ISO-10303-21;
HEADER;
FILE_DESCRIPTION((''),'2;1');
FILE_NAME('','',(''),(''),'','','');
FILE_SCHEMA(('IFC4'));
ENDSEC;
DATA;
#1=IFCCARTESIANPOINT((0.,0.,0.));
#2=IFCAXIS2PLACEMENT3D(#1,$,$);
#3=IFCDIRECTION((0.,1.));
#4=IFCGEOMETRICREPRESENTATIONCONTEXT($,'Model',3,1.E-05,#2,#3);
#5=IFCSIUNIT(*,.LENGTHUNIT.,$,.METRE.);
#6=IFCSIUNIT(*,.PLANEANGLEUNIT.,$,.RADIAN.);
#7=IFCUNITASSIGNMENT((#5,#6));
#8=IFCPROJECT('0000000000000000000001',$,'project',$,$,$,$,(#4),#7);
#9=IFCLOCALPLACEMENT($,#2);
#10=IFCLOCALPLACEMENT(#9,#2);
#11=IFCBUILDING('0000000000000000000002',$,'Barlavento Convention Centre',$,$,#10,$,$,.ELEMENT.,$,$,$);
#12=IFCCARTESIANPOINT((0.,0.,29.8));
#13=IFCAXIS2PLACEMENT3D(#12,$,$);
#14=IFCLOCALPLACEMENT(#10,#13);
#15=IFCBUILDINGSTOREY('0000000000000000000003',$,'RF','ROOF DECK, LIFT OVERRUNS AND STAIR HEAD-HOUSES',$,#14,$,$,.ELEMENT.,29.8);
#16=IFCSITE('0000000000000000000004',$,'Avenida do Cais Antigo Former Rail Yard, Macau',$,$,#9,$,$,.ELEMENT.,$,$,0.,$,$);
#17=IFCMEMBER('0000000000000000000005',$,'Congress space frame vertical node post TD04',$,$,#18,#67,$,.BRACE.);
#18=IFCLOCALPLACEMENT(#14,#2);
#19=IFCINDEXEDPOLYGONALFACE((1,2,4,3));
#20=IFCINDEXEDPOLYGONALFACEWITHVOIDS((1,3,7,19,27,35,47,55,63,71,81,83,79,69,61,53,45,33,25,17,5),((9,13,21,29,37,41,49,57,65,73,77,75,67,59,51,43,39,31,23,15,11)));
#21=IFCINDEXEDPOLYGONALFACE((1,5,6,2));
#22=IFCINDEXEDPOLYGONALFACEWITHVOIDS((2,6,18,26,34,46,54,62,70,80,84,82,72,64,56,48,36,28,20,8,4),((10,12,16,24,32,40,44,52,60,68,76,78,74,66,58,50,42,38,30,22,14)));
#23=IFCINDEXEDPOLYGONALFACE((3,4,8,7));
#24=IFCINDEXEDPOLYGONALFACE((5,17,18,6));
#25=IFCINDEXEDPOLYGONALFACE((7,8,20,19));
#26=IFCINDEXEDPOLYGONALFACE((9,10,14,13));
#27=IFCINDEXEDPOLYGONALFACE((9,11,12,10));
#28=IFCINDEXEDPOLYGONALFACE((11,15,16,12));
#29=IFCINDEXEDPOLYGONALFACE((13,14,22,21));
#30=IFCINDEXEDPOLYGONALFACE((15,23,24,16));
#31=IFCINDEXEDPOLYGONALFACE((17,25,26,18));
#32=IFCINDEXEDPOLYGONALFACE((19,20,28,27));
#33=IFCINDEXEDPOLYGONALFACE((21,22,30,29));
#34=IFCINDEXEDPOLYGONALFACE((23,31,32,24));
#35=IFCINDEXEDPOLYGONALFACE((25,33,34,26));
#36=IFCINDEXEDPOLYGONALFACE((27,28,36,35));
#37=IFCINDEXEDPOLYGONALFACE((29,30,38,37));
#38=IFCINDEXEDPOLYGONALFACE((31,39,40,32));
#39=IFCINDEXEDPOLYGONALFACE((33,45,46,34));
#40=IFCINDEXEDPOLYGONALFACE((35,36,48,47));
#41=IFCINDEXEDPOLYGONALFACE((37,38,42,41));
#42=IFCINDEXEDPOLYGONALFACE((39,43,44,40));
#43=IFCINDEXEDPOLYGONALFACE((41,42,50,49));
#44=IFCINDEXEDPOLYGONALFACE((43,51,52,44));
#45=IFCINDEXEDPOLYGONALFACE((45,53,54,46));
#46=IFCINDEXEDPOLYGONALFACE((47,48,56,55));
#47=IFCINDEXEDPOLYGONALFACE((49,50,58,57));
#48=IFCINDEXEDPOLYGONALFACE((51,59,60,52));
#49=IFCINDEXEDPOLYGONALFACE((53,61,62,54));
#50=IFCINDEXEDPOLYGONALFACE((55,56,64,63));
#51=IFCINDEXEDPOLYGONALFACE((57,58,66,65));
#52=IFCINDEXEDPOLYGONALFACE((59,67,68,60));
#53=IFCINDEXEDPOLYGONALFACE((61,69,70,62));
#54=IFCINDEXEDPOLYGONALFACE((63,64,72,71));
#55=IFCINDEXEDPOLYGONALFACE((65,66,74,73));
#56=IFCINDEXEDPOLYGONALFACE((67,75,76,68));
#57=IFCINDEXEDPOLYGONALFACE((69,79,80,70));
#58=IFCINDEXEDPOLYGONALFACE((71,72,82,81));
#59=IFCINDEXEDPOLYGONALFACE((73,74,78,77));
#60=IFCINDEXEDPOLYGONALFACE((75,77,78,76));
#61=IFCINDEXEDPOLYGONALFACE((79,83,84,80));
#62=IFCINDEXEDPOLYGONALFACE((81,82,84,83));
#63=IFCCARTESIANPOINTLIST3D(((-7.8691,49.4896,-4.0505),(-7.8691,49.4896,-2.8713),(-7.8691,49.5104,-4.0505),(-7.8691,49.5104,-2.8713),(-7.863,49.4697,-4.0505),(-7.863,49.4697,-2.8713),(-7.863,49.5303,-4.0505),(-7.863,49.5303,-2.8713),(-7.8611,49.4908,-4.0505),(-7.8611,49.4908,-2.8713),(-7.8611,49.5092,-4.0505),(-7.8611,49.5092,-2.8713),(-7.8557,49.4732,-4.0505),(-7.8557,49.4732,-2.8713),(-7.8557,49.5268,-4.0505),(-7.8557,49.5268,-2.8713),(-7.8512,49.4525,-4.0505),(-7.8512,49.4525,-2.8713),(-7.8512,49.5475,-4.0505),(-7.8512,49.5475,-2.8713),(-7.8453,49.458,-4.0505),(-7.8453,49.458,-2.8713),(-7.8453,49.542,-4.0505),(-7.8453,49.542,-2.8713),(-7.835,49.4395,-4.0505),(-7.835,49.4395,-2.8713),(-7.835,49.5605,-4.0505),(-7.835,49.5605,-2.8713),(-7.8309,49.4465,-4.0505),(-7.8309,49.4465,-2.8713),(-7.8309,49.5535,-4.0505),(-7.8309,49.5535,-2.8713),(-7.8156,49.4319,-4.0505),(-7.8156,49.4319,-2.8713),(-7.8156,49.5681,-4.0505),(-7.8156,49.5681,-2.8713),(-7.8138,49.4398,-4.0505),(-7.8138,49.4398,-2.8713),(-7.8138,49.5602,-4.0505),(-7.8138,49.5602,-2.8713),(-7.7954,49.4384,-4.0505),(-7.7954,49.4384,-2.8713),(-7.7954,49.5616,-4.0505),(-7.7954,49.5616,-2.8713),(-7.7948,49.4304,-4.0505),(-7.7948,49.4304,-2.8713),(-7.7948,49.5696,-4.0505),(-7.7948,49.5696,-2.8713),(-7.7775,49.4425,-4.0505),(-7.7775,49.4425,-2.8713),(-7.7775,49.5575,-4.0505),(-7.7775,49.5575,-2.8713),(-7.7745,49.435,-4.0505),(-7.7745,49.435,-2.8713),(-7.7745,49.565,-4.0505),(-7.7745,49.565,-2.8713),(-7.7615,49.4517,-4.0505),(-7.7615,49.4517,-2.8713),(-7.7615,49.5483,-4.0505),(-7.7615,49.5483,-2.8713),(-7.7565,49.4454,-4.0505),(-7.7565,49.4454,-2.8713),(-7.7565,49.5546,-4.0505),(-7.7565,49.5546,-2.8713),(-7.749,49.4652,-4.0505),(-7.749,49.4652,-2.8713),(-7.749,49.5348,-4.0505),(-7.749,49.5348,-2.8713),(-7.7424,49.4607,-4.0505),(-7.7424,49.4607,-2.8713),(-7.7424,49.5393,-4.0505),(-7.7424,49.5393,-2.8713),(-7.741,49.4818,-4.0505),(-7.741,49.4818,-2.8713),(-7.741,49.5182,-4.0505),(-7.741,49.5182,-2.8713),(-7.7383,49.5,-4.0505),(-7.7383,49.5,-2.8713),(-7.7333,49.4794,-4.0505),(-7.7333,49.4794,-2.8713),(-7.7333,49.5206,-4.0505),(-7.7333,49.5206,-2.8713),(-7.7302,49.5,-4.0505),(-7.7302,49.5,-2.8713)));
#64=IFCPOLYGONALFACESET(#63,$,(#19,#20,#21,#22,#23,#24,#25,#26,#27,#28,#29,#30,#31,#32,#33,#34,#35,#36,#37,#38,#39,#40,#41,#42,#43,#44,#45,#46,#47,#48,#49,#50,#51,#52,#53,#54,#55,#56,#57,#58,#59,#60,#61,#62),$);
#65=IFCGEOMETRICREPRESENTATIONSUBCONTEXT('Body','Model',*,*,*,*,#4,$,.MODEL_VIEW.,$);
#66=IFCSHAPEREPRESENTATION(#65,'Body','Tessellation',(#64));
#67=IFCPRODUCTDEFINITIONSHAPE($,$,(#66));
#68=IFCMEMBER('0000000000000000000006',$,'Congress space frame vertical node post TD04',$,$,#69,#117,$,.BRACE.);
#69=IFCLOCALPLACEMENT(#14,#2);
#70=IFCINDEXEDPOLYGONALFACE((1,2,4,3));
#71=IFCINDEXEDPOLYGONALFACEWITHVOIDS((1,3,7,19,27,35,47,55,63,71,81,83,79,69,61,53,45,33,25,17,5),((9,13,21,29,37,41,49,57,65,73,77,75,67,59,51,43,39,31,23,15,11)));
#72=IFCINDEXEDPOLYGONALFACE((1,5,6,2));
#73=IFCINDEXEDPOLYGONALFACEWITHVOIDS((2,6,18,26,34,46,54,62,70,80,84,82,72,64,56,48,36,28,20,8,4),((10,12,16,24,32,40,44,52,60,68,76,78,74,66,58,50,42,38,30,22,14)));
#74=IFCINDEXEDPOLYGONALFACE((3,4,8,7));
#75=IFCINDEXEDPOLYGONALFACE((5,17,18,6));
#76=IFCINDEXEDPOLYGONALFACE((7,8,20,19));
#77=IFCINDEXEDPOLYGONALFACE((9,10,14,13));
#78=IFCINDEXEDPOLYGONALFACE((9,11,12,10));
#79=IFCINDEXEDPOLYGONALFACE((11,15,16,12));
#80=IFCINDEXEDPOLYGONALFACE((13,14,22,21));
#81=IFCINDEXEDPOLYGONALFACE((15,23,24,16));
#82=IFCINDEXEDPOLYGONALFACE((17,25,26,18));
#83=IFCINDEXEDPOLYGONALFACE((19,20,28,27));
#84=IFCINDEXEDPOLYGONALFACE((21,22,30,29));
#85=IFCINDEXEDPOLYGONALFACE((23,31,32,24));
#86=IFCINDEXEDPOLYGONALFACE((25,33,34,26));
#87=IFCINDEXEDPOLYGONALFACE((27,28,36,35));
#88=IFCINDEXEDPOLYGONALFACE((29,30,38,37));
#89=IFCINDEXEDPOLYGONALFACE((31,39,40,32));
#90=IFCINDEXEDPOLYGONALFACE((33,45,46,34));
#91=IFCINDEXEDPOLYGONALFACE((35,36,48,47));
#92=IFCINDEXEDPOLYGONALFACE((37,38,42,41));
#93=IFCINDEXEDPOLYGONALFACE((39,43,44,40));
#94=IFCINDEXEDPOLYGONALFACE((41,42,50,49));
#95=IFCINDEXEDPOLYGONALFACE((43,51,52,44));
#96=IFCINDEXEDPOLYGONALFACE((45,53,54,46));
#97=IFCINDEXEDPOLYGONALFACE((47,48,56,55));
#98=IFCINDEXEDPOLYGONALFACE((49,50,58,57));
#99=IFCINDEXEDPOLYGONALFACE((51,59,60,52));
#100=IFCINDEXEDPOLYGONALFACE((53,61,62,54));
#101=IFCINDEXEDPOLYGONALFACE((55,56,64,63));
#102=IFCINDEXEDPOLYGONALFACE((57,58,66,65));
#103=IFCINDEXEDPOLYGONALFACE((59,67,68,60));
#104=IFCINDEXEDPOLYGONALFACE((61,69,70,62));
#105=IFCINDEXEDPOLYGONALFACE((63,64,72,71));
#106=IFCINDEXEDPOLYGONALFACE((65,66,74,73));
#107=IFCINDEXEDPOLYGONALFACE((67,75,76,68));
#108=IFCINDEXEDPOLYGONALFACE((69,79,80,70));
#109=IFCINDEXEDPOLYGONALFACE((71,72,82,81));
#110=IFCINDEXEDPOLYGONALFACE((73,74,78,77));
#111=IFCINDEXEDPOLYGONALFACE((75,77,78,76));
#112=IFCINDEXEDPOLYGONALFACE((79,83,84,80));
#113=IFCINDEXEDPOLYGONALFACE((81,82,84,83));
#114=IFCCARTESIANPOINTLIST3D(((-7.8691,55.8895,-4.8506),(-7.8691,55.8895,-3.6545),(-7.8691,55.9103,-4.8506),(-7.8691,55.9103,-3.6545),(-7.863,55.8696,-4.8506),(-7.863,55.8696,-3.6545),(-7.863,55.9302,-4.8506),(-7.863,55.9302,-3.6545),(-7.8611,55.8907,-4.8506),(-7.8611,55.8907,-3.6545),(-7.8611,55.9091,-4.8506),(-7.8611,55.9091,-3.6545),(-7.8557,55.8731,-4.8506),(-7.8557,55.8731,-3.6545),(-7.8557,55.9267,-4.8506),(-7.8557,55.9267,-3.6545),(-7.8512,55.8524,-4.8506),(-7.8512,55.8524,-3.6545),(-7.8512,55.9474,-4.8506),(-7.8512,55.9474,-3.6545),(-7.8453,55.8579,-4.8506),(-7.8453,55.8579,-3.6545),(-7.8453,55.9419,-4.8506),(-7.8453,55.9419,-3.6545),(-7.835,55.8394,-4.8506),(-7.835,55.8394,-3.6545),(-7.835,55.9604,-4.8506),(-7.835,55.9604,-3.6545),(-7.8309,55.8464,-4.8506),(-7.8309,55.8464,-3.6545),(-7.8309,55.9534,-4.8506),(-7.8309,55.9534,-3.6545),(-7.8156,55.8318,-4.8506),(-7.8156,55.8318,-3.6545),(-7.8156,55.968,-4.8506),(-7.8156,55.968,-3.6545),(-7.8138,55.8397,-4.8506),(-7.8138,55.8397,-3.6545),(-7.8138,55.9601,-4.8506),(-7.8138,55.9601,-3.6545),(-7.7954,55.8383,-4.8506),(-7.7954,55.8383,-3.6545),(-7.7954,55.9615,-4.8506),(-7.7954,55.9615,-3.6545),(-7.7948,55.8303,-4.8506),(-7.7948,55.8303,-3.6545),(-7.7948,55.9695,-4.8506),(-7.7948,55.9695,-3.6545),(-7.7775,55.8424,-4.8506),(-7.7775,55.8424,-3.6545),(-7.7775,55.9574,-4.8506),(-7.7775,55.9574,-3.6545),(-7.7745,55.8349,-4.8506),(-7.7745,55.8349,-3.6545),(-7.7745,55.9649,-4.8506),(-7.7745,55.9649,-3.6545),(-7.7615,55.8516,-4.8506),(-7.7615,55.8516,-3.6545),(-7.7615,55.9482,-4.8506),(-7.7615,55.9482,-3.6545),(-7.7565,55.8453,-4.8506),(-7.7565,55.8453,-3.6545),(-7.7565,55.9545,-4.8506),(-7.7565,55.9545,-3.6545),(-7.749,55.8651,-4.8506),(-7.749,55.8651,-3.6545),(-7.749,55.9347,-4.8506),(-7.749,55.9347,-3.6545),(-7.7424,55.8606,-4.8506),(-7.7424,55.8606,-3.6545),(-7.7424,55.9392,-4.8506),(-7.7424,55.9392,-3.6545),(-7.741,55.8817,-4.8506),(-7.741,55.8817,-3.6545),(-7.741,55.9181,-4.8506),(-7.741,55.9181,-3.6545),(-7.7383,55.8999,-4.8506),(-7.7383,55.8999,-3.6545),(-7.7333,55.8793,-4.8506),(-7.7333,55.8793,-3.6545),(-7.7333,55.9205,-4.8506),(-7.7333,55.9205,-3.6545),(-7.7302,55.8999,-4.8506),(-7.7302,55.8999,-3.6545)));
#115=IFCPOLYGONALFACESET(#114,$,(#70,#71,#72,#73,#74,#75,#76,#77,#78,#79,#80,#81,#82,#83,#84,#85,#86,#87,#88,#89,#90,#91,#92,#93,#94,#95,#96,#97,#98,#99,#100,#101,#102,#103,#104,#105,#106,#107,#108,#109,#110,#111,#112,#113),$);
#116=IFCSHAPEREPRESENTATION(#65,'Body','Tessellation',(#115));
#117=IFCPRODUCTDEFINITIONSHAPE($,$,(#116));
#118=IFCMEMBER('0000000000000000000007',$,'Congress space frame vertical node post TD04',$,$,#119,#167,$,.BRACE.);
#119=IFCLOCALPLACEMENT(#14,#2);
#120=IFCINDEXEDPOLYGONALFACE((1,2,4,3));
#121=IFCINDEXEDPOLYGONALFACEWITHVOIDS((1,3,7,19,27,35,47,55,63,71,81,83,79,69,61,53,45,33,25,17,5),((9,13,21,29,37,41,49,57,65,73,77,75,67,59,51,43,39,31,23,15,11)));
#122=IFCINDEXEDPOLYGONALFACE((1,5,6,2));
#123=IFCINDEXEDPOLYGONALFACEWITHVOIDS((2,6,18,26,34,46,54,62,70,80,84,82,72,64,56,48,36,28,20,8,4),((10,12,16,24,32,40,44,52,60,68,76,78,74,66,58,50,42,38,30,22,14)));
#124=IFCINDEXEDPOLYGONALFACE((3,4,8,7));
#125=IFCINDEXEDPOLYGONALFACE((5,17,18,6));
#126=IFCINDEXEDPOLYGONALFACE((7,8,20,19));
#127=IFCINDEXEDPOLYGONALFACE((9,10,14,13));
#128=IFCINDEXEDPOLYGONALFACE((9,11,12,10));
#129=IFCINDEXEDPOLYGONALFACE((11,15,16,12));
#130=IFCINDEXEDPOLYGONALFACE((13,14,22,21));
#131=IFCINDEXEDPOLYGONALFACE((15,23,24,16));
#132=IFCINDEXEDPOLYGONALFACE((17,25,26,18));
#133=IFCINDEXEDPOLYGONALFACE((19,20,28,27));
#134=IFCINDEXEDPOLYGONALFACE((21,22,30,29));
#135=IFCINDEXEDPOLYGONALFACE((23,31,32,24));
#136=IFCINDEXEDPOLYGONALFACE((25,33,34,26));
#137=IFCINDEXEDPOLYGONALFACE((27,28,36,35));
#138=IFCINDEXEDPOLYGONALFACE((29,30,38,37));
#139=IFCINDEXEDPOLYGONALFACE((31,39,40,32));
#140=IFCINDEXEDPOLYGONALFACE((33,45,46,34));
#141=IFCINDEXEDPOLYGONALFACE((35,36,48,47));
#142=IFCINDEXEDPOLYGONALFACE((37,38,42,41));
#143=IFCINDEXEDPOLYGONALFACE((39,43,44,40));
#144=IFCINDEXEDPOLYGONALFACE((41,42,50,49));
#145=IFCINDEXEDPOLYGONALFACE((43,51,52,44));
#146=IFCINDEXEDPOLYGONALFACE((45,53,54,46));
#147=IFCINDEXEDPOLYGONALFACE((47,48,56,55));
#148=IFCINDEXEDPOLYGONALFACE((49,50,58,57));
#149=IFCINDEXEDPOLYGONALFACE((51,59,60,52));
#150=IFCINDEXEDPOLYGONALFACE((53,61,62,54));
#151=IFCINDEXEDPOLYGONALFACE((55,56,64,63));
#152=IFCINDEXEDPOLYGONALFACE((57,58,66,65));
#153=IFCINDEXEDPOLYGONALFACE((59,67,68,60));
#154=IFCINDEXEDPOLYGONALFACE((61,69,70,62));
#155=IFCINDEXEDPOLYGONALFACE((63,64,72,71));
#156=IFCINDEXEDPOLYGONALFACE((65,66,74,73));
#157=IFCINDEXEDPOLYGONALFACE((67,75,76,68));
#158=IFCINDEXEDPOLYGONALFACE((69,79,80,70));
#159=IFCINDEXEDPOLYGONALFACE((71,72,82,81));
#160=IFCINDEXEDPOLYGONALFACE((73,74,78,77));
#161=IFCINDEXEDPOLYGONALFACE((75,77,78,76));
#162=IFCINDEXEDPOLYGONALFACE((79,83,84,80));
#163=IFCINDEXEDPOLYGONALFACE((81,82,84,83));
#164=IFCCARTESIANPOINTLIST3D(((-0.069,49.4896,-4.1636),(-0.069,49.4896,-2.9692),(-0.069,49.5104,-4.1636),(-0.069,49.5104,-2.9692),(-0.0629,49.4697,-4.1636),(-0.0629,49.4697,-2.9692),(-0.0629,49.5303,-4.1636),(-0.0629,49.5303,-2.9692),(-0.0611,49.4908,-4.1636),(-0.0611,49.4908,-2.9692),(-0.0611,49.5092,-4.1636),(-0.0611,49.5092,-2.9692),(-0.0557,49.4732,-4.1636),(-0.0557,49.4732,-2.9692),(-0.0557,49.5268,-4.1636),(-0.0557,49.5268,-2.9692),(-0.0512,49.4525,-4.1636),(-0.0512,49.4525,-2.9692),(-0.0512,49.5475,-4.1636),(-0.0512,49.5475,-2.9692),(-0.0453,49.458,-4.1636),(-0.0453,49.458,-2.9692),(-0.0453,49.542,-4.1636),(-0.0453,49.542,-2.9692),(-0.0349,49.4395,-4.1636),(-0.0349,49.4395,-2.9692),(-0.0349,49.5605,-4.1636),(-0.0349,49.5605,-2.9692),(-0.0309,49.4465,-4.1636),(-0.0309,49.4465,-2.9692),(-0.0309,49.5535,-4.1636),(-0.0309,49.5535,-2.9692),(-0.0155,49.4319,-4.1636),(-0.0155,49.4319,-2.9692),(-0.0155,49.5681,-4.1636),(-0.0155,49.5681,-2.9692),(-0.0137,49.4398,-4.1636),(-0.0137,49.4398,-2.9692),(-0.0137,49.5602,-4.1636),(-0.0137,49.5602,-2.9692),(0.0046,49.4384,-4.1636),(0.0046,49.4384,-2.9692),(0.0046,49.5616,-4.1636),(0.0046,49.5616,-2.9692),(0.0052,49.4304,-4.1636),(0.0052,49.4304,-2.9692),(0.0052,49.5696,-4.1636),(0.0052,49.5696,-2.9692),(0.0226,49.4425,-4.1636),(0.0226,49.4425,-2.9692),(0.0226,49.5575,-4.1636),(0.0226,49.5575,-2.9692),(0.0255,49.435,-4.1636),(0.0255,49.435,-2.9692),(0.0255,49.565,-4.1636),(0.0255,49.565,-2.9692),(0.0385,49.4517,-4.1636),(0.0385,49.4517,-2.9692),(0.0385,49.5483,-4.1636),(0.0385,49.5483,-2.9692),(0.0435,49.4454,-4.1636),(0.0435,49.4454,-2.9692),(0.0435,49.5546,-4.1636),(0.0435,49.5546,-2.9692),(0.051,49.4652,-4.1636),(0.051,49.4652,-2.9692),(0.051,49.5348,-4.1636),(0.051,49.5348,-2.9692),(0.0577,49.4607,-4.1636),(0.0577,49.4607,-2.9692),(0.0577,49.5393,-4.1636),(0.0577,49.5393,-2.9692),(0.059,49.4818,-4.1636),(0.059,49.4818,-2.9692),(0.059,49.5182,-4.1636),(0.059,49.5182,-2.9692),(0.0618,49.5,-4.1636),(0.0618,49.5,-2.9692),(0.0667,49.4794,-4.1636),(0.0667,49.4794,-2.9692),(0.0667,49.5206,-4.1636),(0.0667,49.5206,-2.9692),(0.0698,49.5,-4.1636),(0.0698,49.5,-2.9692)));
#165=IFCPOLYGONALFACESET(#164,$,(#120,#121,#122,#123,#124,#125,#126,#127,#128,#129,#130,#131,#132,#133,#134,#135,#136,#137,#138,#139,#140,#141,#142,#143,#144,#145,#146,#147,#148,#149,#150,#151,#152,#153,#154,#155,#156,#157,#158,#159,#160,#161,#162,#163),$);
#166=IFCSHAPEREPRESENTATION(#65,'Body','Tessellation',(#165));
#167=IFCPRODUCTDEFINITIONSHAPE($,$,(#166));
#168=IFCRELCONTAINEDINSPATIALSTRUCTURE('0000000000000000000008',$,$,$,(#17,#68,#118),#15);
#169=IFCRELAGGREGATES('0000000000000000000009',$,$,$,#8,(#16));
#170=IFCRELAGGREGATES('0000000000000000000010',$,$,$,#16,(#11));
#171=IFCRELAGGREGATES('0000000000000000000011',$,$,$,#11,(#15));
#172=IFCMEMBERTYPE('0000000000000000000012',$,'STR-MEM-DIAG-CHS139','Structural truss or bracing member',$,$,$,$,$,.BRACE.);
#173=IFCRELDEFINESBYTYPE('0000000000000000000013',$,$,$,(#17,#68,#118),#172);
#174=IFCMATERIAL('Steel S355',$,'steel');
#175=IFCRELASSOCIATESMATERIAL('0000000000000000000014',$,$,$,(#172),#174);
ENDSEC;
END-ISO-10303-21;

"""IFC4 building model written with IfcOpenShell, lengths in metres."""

from ifc_helpers import new_model, si_unit, direction, frame, origin, origin_2d, place, context, subcontext, project, spatial, hollow_circle, extrude, material, material_profile, profile_set, type_object, element, save


model = new_model("IFC4")

# Units and contexts
model_context = context("Model", 3, precision=1e-05, world=origin(), true_north=direction((0.0, 1.0)))
body_context = subcontext(model_context, "Body", "Model", "MODEL_VIEW")
ifc_project = project(units=[si_unit("LENGTHUNIT", "METRE"), si_unit("PLANEANGLEUNIT", "RADIAN")], contexts=[model_context])

# Site, building, storey
site_placement = place(None, origin())
site = spatial("IfcSite", under=ifc_project, at=site_placement, Name="Avenida do Cais Antigo Former Rail Yard, Macau", CompositionType="ELEMENT", RefElevation=0.0)
building_placement = place(site_placement, origin())
building = spatial("IfcBuilding", under=site, at=building_placement, Name="Barlavento Convention Centre", CompositionType="ELEMENT")
storey_placement = place(building_placement, frame((0.0, 0.0, 29.8)))
storey = spatial("IfcBuildingStorey", under=building, at=storey_placement, Name="RF", Description="ROOF DECK, LIFT OVERRUNS AND STAIR HEAD-HOUSES", CompositionType="ELEMENT", Elevation=29.8)

# Shared definitions
ifc_material_1 = material(Name="Steel S355", Category="steel")

# Members
ifc_material_profile_1 = material_profile(ifc_material_1, hollow_circle(Radius=0.0698, WallThickness=0.0081, at=origin_2d()), Name="CHS 139.7x8.0")
ifc_profile_set_1 = profile_set([ifc_material_profile_1], Name="Steel S355")
member_type_1 = type_object("IfcMemberType", Name="STR-MEM-DIAG-CHS139", Description="Structural truss or bracing member", PredefinedType="BRACE", material=ifc_profile_set_1)
member_1_placement = place(storey_placement, frame((-7.8, 49.5, -4.0505), z_axis=(0.0, 0.0, 1.0), x_axis=(1.0, 0.0, 0.0)))
element("IfcMember", 1, at=member_1_placement, inside=storey, type_object=member_type_1, Name="Congress space frame vertical node post TD04", PredefinedType="BRACE", context=body_context, shape_type="SweptSolid", body=[
    extrude(hollow_circle(Radius=0.0698, WallThickness=0.0081, at=origin_2d()), origin(), (0.0, 0.0, 1.0), 1.1792),
])
member_2_placement = place(storey_placement, frame((-7.8, 55.8999, -4.8506), z_axis=(0.0, 0.0, 1.0), x_axis=(1.0, 0.0, 0.0)))
element("IfcMember", 2, at=member_2_placement, inside=storey, type_object=member_type_1, Name="Congress space frame vertical node post TD04", PredefinedType="BRACE", context=body_context, shape_type="SweptSolid", body=[
    extrude(hollow_circle(Radius=0.0698, WallThickness=0.0081, at=origin_2d()), origin(), (0.0, 0.0, 1.0), 1.196),
])
member_3_placement = place(storey_placement, frame((0.0, 49.5, -4.1636), z_axis=(0.0, 0.0, 1.0), x_axis=(1.0, 0.0, 0.0)))
element("IfcMember", 3, at=member_3_placement, inside=storey, type_object=member_type_1, Name="Congress space frame vertical node post TD04", PredefinedType="BRACE", context=body_context, shape_type="SweptSolid", body=[
    extrude(hollow_circle(Radius=0.0698, WallThickness=0.0081, at=origin_2d()), origin(), (0.0, 0.0, 1.0), 1.1943),
])

save(model, "model.ifc")
